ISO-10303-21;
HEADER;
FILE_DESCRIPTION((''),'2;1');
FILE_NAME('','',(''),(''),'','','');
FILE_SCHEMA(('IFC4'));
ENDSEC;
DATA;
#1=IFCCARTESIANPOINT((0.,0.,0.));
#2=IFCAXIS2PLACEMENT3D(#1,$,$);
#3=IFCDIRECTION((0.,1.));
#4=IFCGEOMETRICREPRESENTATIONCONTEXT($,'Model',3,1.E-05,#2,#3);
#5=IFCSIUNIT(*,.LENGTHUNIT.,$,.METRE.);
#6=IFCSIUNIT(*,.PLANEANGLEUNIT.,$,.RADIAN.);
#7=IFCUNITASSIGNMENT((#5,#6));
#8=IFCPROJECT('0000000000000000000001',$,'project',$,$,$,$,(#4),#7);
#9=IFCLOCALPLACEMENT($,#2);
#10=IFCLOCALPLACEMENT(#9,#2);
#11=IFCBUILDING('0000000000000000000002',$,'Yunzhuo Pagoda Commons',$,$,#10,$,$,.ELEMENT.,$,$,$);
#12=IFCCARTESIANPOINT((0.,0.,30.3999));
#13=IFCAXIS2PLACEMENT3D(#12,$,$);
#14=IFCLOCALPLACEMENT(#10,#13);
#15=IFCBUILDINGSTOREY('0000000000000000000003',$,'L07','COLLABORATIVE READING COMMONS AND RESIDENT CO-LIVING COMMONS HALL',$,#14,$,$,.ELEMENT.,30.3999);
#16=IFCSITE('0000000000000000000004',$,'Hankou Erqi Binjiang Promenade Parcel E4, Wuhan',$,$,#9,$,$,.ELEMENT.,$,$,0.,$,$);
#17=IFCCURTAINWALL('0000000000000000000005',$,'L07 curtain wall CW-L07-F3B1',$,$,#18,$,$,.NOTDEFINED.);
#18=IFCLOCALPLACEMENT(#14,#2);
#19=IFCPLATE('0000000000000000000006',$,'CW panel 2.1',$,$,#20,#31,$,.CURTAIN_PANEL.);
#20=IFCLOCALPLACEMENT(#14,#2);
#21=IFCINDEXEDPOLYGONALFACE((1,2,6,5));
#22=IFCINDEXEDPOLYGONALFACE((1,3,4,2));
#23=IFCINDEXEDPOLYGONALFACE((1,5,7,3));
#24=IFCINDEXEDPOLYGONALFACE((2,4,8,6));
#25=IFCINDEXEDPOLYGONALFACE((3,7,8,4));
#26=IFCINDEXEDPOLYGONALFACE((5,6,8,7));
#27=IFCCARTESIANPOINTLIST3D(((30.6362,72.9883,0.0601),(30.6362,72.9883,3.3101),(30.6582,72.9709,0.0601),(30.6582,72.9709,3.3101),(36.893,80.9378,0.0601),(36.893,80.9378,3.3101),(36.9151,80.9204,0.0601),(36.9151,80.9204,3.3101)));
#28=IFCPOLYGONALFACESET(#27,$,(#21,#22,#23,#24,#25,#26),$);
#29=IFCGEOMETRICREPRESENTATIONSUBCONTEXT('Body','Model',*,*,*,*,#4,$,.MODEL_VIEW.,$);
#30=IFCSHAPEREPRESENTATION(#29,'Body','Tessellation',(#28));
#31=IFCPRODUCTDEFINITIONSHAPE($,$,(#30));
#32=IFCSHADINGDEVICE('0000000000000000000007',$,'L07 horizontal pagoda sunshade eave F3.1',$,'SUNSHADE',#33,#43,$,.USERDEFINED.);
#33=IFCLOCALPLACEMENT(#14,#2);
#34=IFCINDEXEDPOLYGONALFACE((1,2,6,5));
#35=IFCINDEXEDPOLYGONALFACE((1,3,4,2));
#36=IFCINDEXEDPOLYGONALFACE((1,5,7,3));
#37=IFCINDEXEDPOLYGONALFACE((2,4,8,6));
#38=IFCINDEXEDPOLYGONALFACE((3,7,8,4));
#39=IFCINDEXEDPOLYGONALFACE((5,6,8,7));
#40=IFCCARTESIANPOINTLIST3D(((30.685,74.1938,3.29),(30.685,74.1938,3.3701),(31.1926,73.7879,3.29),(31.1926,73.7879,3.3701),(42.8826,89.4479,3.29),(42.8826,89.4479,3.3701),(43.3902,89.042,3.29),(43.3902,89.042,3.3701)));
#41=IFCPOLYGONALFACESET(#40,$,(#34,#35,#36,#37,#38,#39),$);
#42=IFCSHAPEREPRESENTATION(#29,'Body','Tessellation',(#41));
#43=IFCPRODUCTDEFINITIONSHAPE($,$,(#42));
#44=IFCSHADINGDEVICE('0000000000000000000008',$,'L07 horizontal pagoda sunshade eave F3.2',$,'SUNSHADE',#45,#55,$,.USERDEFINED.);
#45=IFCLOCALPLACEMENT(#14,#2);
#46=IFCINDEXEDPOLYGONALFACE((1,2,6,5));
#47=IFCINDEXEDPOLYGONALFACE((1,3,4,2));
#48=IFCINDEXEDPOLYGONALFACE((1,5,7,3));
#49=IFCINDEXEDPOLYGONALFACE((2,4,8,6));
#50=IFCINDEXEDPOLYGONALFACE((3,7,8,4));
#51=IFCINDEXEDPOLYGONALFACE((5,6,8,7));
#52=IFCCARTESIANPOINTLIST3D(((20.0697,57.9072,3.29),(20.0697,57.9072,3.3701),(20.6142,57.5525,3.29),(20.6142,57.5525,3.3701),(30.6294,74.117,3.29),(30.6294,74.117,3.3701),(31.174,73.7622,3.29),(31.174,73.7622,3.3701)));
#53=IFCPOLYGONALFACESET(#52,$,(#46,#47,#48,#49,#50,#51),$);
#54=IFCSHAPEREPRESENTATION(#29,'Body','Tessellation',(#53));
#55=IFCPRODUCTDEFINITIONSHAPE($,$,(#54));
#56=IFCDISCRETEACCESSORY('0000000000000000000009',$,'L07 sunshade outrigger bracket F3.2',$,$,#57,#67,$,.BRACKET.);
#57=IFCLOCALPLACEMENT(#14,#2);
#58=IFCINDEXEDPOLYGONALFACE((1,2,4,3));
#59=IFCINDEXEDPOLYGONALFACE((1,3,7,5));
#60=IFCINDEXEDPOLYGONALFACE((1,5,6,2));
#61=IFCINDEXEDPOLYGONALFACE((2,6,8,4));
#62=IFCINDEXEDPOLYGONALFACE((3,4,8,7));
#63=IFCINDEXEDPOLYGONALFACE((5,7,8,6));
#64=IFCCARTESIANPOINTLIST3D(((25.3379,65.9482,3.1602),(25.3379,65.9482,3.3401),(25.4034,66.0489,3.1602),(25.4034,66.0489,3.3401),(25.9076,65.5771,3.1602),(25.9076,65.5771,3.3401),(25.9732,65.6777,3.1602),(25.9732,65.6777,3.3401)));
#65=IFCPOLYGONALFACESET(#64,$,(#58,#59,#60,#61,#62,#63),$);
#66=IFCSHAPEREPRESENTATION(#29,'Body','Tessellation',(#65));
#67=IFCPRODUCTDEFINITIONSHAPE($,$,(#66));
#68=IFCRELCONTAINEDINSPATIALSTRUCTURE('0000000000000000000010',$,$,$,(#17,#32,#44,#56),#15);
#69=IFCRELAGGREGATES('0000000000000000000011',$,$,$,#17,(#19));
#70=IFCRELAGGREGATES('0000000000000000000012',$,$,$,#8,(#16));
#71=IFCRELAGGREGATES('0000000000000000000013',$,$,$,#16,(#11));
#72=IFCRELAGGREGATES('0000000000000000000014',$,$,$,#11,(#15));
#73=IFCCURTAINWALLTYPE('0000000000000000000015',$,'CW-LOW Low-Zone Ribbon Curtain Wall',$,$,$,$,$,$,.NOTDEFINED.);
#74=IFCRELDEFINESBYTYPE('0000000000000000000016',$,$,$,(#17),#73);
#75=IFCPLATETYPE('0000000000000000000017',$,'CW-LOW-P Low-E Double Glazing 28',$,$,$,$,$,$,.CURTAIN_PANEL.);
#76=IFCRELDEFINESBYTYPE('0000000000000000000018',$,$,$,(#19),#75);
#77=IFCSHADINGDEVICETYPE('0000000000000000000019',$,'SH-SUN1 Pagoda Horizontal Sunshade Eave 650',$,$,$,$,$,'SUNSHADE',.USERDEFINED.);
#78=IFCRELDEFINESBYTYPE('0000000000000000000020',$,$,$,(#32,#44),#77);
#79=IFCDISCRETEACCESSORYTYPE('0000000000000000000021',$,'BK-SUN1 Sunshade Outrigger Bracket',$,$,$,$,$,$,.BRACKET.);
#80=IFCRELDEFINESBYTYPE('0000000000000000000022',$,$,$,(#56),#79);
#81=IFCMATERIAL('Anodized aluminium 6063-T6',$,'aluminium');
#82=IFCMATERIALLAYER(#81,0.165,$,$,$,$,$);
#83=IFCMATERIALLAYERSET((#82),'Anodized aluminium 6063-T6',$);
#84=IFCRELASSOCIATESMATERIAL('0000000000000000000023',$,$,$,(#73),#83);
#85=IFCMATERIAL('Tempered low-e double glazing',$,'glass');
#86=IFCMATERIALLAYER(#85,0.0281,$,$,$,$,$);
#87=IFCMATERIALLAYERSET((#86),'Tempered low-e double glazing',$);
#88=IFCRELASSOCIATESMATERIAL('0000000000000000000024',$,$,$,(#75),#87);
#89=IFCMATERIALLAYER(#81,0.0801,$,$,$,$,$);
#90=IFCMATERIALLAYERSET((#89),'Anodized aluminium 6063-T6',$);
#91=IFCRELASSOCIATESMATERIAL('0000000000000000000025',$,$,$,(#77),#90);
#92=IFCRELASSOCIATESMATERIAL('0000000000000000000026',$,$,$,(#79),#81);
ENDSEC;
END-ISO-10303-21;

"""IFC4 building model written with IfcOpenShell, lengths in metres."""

from ifc_helpers import new_model, si_unit, direction, frame, origin, origin_2d, place, context, subcontext, project, spatial, rectangle, extrude, source, transform, mapped, material, layer, layer_set, type_object, element, aggregate, save


model = new_model("IFC4")

# Units and contexts
model_context = context("Model", 3, precision=1e-05, world=origin(), true_north=direction((0.0, 1.0)))
body_context = subcontext(model_context, "Body", "Model", "MODEL_VIEW")
ifc_project = project(units=[si_unit("LENGTHUNIT", "METRE"), si_unit("PLANEANGLEUNIT", "RADIAN")], contexts=[model_context])

# Site, building, storey
site_placement = place(None, origin())
site = spatial("IfcSite", under=ifc_project, at=site_placement, Name="Hankou Erqi Binjiang Promenade Parcel E4, Wuhan", CompositionType="ELEMENT", RefElevation=0.0)
building_placement = place(site_placement, origin())
building = spatial("IfcBuilding", under=site, at=building_placement, Name="Yunzhuo Pagoda Commons", CompositionType="ELEMENT")
storey_placement = place(building_placement, frame((0.0, 0.0, 30.3999)))
storey = spatial("IfcBuildingStorey", under=building, at=storey_placement, Name="L07", Description="COLLABORATIVE READING COMMONS AND RESIDENT CO-LIVING COMMONS HALL", CompositionType="ELEMENT", Elevation=30.3999)

# Shared definitions
ifc_material_1 = material(Name="Anodized aluminium 6063-T6", Category="aluminium")
ifc_layer_1 = layer(ifc_material_1, 0.165)
ifc_layer_set_1 = layer_set([ifc_layer_1], Name="Anodized aluminium 6063-T6")
curtain_wall_type = type_object("IfcCurtainWallType", Name="CW-LOW Low-Zone Ribbon Curtain Wall", PredefinedType="NOTDEFINED", material=ifc_layer_set_1)

# Curtain wall
curtain_wall_1_placement = place(storey_placement, origin())
curtain_wall_1 = element("IfcCurtainWall", 1, at=curtain_wall_1_placement, inside=storey, type_object=curtain_wall_type, Name="L07 curtain wall CW-L07-F3B1", PredefinedType="NOTDEFINED")

# Plate
ifc_material_2 = material(Name="Tempered low-e double glazing", Category="glass")
ifc_layer_2 = layer(ifc_material_2, 0.0281)
ifc_layer_set_2 = layer_set([ifc_layer_2], Name="Tempered low-e double glazing")
plate_type_1 = type_object("IfcPlateType", Name="CW-LOW-P Low-E Double Glazing 28", PredefinedType="CURTAIN_PANEL", material=ifc_layer_set_2)
shared_shape_1 = source(origin(), body_context, "Body", "SweptSolid", [
    extrude(rectangle(XDim=10.1165, YDim=0.0281, at=origin_2d()), origin(), (0.0, 0.0, 1.0), 3.25),
])
plate_1_placement = place(storey_placement, frame((33.7756, 76.9543, 0.0601), z_axis=(0.0, 0.0, 1.0), x_axis=(-0.618481, -0.7858, 0.0)))
plate_1 = element("IfcPlate", 2, at=plate_1_placement, type_object=plate_type_1, Name="CW panel 2.1", PredefinedType="CURTAIN_PANEL", context=body_context, shape_type="MappedRepresentation", body=[
    mapped(shared_shape_1, transform((0.0, 0.0, 0.0), scale=1.0)),
])
aggregate(curtain_wall_1, [plate_1])

# Shading devices
ifc_layer_3 = layer(ifc_material_1, 0.0801)
ifc_layer_set_3 = layer_set([ifc_layer_3], Name="Anodized aluminium 6063-T6")
shading_device_type = type_object("IfcShadingDeviceType", Name="SH-SUN1 Pagoda Horizontal Sunshade Eave 650", ElementType="SUNSHADE", PredefinedType="USERDEFINED", material=ifc_layer_set_3)
shared_shape_2 = source(origin(), body_context, "Body", "SweptSolid", [
    extrude(rectangle(XDim=19.5312, YDim=0.6499, at=origin_2d()), origin(), (0.0, 0.0, 1.0), 0.0801),
])
shading_device_1_placement = place(storey_placement, frame((37.0376, 81.6179, 3.29), z_axis=(0.0, 0.0, 1.0), x_axis=(-0.62452, -0.781008, 0.0)))
element("IfcShadingDevice", 3, at=shading_device_1_placement, inside=storey, type_object=shading_device_type, Name="L07 horizontal pagoda sunshade eave F3.1", ObjectType="SUNSHADE", PredefinedType="USERDEFINED", context=body_context, shape_type="MappedRepresentation", body=[
    mapped(shared_shape_2, transform((0.0, 0.0, 0.0), scale=1.0)),
])
shared_shape_3 = source(origin(), body_context, "Body", "SweptSolid", [
    extrude(rectangle(XDim=19.3459, YDim=0.6499, at=origin_2d()), origin(), (0.0, 0.0, 1.0), 0.0801),
])
shading_device_2_placement = place(storey_placement, frame((25.6218, 65.8347, 3.29), z_axis=(0.0, 0.0, 1.0), x_axis=(-0.545839, -0.83789, 0.0)))
element("IfcShadingDevice", 4, at=shading_device_2_placement, inside=storey, type_object=shading_device_type, Name="L07 horizontal pagoda sunshade eave F3.2", ObjectType="SUNSHADE", PredefinedType="USERDEFINED", context=body_context, shape_type="MappedRepresentation", body=[
    mapped(shared_shape_3, transform((0.0, 0.0, 0.0), scale=1.0)),
])

# Discrete accessory
discrete_accessory_type = type_object("IfcDiscreteAccessoryType", Name="BK-SUN1 Sunshade Outrigger Bracket", PredefinedType="BRACKET", material=ifc_material_1)
shared_shape_4 = source(origin(), body_context, "Body", "SweptSolid", [
    extrude(rectangle(XDim=0.1201, YDim=0.6799, at=origin_2d()), origin(), (0.0, 0.0, 1.0), 0.1799),
])
discrete_accessory_placement = place(storey_placement, frame((25.6555, 65.813, 3.1602), z_axis=(0.0, 0.0, 1.0), x_axis=(-0.545839, -0.83789, 0.0)))
element("IfcDiscreteAccessory", 5, at=discrete_accessory_placement, inside=storey, type_object=discrete_accessory_type, Name="L07 sunshade outrigger bracket F3.2", PredefinedType="BRACKET", context=body_context, shape_type="MappedRepresentation", body=[
    mapped(shared_shape_4, transform((0.0, 0.0, 0.0), scale=1.0)),
])

save(model, "model.ifc")
